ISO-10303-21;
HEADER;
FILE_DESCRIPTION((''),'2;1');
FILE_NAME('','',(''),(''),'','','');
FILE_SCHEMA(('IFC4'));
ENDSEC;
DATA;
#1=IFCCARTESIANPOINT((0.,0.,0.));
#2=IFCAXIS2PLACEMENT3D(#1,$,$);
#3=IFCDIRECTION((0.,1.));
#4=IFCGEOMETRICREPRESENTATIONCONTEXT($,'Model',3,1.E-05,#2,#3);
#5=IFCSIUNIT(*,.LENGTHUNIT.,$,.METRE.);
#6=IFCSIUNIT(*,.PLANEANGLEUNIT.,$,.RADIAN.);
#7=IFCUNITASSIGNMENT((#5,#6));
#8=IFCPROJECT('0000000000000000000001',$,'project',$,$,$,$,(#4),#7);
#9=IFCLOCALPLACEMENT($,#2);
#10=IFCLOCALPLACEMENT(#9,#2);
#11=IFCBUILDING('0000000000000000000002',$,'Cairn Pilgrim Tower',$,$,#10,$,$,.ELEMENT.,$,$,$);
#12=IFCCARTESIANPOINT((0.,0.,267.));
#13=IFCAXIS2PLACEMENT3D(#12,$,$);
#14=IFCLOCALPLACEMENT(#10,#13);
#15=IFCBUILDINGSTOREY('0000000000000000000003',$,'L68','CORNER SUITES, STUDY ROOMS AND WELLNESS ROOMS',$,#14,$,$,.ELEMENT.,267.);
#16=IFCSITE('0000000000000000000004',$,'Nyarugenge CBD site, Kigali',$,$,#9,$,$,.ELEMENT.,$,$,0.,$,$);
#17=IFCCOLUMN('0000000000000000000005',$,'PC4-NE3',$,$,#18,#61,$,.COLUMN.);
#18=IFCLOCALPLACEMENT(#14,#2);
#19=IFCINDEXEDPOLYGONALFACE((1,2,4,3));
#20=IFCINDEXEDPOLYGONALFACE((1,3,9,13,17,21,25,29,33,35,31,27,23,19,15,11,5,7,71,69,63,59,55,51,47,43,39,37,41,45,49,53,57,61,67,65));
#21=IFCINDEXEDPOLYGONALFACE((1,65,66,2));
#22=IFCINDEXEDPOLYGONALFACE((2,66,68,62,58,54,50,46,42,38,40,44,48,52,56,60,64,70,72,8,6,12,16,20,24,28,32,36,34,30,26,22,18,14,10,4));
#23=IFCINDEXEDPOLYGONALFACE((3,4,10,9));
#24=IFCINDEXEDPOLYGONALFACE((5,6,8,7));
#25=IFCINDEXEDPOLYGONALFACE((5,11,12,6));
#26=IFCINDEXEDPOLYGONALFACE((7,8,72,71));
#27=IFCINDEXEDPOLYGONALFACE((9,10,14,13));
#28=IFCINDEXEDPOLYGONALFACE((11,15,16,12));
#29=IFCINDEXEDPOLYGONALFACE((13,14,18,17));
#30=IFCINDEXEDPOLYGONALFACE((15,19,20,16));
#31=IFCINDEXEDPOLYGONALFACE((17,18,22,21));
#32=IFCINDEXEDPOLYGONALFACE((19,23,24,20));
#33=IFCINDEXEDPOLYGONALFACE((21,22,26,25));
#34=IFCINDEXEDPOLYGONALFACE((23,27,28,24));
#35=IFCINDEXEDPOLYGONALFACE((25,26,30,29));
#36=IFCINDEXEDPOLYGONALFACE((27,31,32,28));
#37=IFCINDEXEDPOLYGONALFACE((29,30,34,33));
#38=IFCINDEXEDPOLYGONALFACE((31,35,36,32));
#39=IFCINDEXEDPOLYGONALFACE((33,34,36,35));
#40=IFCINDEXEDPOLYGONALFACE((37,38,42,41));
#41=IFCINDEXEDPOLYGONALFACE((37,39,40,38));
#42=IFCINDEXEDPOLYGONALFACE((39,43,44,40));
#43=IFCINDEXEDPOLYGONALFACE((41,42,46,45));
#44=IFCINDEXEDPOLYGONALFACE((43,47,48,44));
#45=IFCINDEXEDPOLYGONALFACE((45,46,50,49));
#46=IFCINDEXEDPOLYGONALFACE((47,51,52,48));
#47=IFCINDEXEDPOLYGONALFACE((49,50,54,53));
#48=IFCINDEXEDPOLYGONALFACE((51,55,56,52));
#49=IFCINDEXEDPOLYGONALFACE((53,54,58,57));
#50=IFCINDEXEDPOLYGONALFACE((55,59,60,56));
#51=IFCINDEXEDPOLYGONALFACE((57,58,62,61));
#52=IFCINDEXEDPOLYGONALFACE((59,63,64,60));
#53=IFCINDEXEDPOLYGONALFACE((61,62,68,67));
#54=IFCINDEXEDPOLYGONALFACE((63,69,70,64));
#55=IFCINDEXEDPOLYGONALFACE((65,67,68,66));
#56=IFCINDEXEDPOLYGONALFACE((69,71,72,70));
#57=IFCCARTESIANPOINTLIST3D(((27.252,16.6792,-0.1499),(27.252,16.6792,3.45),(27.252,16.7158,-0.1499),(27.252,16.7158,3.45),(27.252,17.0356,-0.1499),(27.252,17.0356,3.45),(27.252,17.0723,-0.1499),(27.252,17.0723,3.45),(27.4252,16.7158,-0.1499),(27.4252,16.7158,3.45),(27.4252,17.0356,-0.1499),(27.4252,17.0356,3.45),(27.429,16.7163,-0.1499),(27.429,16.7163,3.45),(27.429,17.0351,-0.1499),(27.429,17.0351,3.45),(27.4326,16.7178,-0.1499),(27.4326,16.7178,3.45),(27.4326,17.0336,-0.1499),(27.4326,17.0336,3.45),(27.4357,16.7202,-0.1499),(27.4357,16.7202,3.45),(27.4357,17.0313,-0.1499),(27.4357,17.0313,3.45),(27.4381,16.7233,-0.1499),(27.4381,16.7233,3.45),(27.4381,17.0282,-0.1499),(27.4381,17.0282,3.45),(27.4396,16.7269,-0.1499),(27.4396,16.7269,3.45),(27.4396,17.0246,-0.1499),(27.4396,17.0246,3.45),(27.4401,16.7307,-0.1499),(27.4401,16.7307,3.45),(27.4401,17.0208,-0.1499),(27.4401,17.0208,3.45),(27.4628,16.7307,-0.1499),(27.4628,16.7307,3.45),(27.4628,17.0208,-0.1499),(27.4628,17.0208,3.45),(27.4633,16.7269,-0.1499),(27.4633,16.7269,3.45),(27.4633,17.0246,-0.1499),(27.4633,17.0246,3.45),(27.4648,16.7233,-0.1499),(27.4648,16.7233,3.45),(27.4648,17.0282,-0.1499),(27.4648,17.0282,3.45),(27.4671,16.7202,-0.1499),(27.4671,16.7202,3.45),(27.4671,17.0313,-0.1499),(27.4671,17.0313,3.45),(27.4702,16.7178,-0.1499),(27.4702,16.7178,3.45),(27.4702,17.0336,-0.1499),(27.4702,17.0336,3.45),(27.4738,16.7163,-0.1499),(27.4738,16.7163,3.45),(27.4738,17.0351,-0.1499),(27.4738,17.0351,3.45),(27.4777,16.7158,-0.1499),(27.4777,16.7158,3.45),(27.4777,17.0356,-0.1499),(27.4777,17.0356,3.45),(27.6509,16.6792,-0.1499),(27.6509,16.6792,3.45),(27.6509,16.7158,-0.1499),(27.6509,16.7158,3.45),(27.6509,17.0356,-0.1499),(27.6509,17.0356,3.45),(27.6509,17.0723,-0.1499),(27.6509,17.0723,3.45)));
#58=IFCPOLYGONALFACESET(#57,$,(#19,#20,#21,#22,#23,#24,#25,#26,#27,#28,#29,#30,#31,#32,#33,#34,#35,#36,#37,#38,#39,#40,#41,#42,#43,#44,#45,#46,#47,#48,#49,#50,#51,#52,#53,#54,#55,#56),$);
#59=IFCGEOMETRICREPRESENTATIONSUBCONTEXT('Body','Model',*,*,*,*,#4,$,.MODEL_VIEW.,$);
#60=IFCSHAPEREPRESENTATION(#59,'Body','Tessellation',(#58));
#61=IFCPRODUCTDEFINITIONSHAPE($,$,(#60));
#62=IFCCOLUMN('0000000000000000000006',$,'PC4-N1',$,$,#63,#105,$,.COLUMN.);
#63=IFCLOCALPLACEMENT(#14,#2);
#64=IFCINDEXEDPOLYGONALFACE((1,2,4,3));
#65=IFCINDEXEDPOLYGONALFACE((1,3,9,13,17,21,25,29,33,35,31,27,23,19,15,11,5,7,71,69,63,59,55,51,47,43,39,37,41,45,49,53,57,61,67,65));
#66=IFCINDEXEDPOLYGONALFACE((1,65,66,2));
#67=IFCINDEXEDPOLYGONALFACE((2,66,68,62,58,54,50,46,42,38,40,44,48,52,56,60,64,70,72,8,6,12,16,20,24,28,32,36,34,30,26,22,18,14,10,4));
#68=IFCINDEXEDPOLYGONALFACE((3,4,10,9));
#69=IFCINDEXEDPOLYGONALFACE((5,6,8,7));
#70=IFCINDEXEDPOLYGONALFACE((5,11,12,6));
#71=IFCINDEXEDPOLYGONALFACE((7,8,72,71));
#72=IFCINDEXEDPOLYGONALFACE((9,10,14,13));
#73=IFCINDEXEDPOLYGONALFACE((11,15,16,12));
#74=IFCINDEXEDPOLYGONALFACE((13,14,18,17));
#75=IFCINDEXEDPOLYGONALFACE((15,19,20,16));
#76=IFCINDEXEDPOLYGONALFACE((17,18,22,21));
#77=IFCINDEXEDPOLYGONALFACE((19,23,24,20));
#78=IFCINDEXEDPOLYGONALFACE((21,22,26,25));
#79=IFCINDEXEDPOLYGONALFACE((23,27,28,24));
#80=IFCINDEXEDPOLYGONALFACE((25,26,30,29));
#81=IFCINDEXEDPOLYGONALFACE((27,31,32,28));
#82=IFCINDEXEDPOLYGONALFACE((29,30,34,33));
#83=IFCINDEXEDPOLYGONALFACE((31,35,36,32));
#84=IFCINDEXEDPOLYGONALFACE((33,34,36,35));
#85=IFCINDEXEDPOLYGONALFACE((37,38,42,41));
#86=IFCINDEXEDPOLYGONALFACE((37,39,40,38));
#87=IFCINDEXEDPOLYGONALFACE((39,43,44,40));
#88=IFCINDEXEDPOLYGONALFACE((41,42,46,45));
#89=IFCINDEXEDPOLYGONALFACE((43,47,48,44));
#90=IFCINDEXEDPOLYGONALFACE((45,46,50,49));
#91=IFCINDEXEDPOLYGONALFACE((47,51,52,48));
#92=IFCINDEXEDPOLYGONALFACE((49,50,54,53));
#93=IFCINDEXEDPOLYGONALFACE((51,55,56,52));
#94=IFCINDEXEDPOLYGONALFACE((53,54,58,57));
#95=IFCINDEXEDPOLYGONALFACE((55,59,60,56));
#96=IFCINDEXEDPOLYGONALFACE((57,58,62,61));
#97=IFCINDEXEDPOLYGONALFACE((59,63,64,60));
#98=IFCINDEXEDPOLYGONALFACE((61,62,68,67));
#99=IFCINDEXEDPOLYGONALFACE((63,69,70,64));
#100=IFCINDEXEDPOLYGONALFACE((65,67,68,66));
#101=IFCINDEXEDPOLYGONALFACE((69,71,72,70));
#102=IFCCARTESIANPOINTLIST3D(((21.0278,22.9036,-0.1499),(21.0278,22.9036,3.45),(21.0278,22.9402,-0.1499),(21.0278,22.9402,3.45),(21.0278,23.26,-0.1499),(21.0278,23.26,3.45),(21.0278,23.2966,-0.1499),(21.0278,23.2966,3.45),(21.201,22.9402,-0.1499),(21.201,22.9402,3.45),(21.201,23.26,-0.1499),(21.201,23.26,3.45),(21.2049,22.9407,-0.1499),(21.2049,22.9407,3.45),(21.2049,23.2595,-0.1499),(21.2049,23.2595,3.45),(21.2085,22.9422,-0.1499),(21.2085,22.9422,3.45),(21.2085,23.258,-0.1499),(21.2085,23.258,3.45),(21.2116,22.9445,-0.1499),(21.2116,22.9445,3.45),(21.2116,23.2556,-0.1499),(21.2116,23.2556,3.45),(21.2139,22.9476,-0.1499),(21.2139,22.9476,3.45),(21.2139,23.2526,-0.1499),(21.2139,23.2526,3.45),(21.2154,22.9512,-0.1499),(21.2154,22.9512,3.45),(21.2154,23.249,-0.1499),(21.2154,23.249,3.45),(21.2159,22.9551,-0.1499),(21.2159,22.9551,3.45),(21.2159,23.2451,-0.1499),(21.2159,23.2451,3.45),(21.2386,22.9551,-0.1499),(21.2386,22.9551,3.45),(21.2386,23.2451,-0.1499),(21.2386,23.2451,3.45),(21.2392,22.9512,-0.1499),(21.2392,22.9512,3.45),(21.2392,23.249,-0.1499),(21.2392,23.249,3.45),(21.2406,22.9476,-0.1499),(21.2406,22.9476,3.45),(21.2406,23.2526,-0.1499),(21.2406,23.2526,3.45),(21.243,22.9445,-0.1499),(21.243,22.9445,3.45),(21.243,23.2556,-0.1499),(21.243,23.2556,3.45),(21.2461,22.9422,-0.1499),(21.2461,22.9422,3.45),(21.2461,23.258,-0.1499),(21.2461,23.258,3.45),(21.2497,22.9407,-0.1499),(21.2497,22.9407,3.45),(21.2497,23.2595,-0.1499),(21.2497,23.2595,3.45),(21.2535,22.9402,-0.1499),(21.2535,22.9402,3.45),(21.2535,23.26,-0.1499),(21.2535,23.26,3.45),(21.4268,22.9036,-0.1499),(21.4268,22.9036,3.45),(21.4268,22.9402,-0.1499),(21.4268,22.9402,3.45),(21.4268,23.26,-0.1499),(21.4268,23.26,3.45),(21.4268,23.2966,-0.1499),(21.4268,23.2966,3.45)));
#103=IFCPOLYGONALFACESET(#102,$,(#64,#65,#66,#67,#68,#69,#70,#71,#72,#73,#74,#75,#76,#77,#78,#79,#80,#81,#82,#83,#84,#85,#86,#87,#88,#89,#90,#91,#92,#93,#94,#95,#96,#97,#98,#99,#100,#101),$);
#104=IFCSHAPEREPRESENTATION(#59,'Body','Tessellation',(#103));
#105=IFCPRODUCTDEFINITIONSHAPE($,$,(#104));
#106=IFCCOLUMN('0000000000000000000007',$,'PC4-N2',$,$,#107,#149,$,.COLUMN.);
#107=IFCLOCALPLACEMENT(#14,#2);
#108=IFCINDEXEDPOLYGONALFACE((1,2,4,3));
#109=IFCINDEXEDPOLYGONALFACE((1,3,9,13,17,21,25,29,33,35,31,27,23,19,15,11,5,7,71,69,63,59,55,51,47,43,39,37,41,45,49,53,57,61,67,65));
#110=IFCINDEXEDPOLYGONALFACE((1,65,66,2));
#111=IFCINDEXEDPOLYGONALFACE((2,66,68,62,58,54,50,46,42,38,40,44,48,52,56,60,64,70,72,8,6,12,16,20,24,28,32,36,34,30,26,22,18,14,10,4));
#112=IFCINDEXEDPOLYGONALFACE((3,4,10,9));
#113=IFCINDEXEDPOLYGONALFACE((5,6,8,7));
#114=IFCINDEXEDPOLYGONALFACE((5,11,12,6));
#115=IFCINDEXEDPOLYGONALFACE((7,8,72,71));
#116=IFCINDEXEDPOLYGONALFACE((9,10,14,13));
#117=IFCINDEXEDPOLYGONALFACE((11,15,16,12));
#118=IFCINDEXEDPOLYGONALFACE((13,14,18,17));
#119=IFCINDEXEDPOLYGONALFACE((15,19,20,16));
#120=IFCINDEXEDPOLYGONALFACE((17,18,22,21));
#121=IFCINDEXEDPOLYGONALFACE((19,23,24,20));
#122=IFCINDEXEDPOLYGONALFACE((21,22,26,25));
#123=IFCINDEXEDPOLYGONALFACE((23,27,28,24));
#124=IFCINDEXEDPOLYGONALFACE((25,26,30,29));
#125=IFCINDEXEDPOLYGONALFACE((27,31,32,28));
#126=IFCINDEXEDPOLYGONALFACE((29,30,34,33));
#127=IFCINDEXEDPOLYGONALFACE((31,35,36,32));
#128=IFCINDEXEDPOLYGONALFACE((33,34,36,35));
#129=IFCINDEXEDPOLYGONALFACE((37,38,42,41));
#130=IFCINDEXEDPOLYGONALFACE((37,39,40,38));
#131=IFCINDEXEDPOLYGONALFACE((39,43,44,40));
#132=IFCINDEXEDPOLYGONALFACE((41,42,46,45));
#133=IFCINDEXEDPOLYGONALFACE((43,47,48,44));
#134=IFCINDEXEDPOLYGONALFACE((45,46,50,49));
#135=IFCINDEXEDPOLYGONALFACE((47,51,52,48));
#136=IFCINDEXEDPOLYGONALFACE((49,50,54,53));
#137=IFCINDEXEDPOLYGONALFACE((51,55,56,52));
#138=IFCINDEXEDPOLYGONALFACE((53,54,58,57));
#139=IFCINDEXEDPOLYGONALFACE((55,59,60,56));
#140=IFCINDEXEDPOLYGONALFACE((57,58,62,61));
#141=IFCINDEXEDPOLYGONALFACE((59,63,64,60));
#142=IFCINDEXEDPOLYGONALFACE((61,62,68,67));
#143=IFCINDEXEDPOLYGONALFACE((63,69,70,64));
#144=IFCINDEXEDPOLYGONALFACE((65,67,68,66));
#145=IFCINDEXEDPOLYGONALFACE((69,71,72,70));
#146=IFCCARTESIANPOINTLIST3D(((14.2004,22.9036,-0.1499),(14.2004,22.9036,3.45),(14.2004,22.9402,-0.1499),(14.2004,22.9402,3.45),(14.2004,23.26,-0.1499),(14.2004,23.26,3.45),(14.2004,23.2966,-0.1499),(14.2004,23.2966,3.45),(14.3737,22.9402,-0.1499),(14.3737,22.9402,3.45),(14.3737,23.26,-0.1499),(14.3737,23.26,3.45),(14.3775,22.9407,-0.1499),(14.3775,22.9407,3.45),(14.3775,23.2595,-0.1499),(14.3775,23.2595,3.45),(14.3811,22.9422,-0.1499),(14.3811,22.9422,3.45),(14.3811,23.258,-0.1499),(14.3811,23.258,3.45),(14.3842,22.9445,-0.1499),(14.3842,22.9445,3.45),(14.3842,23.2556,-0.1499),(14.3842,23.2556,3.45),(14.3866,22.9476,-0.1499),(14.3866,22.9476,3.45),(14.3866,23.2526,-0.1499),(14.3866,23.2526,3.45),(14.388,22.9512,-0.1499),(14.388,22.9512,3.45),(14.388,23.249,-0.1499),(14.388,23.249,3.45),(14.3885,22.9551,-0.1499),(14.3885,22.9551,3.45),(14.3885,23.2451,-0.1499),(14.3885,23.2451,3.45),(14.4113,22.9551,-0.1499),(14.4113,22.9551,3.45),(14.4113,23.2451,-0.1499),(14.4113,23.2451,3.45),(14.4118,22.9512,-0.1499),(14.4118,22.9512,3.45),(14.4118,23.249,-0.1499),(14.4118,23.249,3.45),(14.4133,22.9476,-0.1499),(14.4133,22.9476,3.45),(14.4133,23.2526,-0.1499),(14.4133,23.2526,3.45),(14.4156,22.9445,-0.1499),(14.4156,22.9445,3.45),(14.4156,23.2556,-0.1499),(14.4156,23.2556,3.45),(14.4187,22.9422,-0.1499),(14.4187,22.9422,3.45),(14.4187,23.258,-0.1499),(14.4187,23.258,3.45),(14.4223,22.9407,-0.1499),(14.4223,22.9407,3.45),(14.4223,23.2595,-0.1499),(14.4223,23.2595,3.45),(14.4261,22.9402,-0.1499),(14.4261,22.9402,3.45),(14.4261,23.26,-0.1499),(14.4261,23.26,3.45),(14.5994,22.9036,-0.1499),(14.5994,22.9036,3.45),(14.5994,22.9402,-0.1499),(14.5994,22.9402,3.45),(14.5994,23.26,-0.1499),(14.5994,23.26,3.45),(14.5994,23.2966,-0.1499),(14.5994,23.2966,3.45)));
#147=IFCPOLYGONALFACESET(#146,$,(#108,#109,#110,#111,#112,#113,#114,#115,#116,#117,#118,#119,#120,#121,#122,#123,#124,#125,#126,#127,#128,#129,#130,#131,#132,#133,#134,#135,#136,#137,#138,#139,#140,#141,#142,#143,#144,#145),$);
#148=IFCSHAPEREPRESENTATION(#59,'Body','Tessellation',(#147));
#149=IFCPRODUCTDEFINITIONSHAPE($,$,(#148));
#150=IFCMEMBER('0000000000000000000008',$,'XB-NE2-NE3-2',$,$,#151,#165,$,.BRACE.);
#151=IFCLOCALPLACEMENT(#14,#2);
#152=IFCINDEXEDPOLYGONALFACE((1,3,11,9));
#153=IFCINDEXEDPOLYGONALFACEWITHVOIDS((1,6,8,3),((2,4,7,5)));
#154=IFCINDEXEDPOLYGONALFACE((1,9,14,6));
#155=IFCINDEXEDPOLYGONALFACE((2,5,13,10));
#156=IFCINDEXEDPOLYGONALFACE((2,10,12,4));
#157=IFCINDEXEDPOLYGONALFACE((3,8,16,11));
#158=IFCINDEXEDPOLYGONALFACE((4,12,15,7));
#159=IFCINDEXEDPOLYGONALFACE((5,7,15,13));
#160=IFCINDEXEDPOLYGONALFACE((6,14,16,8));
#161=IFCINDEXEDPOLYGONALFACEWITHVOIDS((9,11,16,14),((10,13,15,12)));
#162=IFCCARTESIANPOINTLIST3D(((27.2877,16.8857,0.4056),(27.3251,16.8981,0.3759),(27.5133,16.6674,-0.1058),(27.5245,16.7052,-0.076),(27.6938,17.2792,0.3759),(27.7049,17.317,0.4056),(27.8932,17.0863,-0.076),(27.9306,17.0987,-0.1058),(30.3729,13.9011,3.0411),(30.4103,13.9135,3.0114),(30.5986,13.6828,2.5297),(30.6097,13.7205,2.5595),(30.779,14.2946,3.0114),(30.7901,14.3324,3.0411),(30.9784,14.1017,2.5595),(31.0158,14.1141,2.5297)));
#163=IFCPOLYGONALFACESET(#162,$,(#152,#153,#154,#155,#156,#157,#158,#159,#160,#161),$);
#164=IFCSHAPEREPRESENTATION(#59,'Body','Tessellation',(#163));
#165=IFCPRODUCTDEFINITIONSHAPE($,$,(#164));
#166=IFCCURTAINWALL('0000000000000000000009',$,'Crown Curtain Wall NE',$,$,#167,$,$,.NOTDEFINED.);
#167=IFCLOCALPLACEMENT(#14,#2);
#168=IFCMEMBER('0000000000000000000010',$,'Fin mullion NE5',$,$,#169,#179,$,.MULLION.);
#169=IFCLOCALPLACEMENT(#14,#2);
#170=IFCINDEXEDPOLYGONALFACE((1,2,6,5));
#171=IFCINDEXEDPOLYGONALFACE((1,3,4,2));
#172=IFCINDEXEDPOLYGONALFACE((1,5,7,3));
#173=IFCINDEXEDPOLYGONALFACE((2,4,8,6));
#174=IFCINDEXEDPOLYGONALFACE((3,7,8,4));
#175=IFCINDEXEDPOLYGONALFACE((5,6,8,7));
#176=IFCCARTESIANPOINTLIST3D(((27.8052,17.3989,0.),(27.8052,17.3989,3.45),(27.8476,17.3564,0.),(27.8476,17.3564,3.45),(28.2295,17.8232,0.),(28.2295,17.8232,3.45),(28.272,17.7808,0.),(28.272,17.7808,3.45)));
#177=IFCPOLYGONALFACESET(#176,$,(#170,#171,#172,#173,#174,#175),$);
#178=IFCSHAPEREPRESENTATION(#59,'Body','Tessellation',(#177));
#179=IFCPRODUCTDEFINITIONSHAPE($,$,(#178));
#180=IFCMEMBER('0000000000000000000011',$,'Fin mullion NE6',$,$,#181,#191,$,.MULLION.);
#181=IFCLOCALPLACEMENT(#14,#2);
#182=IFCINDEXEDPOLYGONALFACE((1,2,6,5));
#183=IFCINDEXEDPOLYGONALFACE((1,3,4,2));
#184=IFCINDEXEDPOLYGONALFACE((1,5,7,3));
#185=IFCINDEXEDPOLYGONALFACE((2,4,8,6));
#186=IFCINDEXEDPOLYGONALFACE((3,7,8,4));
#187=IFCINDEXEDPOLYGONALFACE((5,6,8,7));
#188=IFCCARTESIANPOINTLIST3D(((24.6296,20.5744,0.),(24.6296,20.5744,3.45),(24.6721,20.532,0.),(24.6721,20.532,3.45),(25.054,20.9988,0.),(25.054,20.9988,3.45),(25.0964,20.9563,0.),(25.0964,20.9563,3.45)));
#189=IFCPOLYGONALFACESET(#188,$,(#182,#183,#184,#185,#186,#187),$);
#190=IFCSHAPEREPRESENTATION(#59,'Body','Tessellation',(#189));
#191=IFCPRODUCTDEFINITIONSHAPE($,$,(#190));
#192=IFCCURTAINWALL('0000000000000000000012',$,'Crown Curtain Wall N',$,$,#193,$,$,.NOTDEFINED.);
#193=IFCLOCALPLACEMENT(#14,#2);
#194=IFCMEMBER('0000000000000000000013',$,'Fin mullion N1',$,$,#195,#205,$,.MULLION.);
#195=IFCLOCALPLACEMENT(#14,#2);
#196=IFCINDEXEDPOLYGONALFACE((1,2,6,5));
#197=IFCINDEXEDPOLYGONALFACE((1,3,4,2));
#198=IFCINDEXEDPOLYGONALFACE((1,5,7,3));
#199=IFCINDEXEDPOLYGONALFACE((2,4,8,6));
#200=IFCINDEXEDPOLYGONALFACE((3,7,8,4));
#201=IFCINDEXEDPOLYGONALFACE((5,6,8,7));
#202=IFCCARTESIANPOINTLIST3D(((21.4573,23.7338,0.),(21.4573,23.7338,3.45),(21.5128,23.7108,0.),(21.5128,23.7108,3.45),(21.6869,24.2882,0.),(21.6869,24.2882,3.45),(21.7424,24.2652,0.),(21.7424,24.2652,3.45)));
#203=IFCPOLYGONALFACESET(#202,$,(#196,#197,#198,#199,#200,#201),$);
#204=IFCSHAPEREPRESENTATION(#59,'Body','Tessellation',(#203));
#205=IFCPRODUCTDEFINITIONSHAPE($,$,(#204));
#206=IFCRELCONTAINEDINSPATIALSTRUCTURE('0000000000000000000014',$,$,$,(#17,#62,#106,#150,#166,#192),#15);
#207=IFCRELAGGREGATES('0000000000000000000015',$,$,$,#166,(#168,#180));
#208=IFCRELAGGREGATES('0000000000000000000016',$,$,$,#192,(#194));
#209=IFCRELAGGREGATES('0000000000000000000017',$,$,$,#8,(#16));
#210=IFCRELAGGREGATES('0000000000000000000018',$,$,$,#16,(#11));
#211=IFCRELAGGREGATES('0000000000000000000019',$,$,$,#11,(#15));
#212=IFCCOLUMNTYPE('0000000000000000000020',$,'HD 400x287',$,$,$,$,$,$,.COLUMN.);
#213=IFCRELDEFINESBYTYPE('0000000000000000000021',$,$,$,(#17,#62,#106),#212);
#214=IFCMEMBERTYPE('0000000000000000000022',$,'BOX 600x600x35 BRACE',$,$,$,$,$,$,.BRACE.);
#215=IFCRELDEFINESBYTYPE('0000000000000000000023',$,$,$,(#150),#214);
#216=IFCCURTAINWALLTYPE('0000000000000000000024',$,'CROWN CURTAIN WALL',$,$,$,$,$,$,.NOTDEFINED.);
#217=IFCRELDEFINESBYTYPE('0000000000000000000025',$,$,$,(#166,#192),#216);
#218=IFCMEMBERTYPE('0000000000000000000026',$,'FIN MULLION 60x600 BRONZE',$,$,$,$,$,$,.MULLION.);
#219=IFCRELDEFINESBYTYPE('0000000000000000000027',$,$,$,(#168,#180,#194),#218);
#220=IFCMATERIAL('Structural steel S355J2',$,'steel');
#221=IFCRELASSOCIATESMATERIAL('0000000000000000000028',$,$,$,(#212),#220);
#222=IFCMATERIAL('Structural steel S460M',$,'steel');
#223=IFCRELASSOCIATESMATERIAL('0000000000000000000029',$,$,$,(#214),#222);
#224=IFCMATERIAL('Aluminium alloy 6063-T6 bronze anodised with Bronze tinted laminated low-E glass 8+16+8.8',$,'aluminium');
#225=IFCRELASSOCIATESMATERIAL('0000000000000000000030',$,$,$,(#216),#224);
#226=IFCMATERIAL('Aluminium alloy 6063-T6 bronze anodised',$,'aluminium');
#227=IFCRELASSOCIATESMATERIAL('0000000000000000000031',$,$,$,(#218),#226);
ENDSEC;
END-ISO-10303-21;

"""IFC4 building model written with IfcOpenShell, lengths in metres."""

from ifc_helpers import new_model, si_unit, direction, frame, origin, origin_2d, place, context, subcontext, project, spatial, rectangle, hollow_rectangle, i_section, extrude, material, material_profile, profile_set, type_object, element, aggregate, save


model = new_model("IFC4")

# Units and contexts
model_context = context("Model", 3, precision=1e-05, world=origin(), true_north=direction((0.0, 1.0)))
body_context = subcontext(model_context, "Body", "Model", "MODEL_VIEW")
ifc_project = project(units=[si_unit("LENGTHUNIT", "METRE"), si_unit("PLANEANGLEUNIT", "RADIAN")], contexts=[model_context])

# Site, building, storey
site_placement = place(None, origin())
site = spatial("IfcSite", under=ifc_project, at=site_placement, Name="Nyarugenge CBD site, Kigali", CompositionType="ELEMENT", RefElevation=0.0)
building_placement = place(site_placement, origin())
building = spatial("IfcBuilding", under=site, at=building_placement, Name="Cairn Pilgrim Tower", CompositionType="ELEMENT")
storey_placement = place(building_placement, frame((0.0, 0.0, 267.0)))
storey = spatial("IfcBuildingStorey", under=building, at=storey_placement, Name="L68", Description="CORNER SUITES, STUDY ROOMS AND WELLNESS ROOMS", CompositionType="ELEMENT", Elevation=267.0)

# Columns
ifc_material_1 = material(Name="Structural steel S355J2", Category="steel")
ifc_material_profile_1 = material_profile(ifc_material_1, i_section(OverallWidth=0.3989, OverallDepth=0.3931, WebThickness=0.0227, FlangeThickness=0.0366, FilletRadius=0.0149, at=origin_2d()), Name="HD 400x287")
ifc_profile_set_1 = profile_set([ifc_material_profile_1], Name="Structural steel S355J2")
column_type = type_object("IfcColumnType", Name="HD 400x287", PredefinedType="COLUMN", material=ifc_profile_set_1)
for number, where, z_axis, x_axis, name in (
    (1, (27.4514, 16.8757, -0.1499), (0.0, 0.0, 1.0), (1.0, 0.0, 0.0), "PC4-NE3"),
    (2, (21.2273, 23.1001, -0.1499), (0.0, 0.0, 1.0), (1.0, 0.0, 0.0), "PC4-N1"),
    (3, (14.3999, 23.1001, -0.1499), (0.0, 0.0, 1.0), (1.0, 0.0, 0.0), "PC4-N2"),
):
    element("IfcColumn", number, at=place(storey_placement, frame(where, z_axis=z_axis, x_axis=x_axis)), inside=storey, type_object=column_type, Name=name, PredefinedType="COLUMN", context=body_context, shape_type="SweptSolid", body=[
        extrude(i_section(OverallWidth=0.3989, OverallDepth=0.3931, WebThickness=0.0227, FlangeThickness=0.0366, FilletRadius=0.0149, at=origin_2d()), origin(), (0.0, 0.0, 1.0), 3.5999),
    ])

# Member
ifc_material_2 = material(Name="Structural steel S460M", Category="steel")
ifc_material_profile_2 = material_profile(ifc_material_2, hollow_rectangle(XDim=0.6001, YDim=0.6001, WallThickness=0.0349, at=origin_2d()), Name="BOX 600x600x35")
ifc_profile_set_2 = profile_set([ifc_material_profile_2], Name="Structural steel S460M")
member_type_1 = type_object("IfcMemberType", Name="BOX 600x600x35 BRACE", PredefinedType="BRACE", material=ifc_profile_set_2)
member_1_placement = place(storey_placement, frame((27.6091, 16.9922, 0.1499), z_axis=(0.612497, -0.592528, 0.523218), x_axis=(0.695294, 0.718726, 0.0)))
element("IfcMember", 4, at=member_1_placement, inside=storey, type_object=member_type_1, Name="XB-NE2-NE3-2", PredefinedType="BRACE", context=body_context, shape_type="SweptSolid", body=[
    extrude(hollow_rectangle(XDim=0.6001, YDim=0.6001, WallThickness=0.0349, at=origin_2d()), origin(), (0.0, 0.0, 1.0), 5.0371),
])

# Curtain walls, members
ifc_material_3 = material(Name="Aluminium alloy 6063-T6 bronze anodised with Bronze tinted laminated low-E glass 8+16+8.8", Category="aluminium")
curtain_wall_type = type_object("IfcCurtainWallType", Name="CROWN CURTAIN WALL", PredefinedType="NOTDEFINED", material=ifc_material_3)
curtain_wall_1_placement = place(storey_placement, origin())
curtain_wall_1 = element("IfcCurtainWall", 5, at=curtain_wall_1_placement, inside=storey, type_object=curtain_wall_type, Name="Crown Curtain Wall NE", PredefinedType="NOTDEFINED")
ifc_material_4 = material(Name="Aluminium alloy 6063-T6 bronze anodised", Category="aluminium")
ifc_material_profile_3 = material_profile(ifc_material_4, rectangle(XDim=0.6001, YDim=0.0601, at=origin_2d()), Name="FIN MULLION 60x600 BRONZE")
ifc_profile_set_3 = profile_set([ifc_material_profile_3], Name="Aluminium alloy 6063-T6 bronze anodised")
member_type_2 = type_object("IfcMemberType", Name="FIN MULLION 60x600 BRONZE", PredefinedType="MULLION", material=ifc_profile_set_3)
member_2_placement = place(storey_placement, frame((28.0386, 17.5898, 0.0), z_axis=(0.0, 0.0, 1.0), x_axis=(0.707107, 0.707107, 0.0)))
member_2 = element("IfcMember", 6, at=member_2_placement, type_object=member_type_2, Name="Fin mullion NE5", PredefinedType="MULLION", context=body_context, shape_type="SweptSolid", body=[
    extrude(rectangle(XDim=0.6001, YDim=0.0601, at=origin_2d()), origin(), (0.0, 0.0, 1.0), 3.45),
])
member_3_placement = place(storey_placement, frame((24.863, 20.7654, 0.0), z_axis=(0.0, 0.0, 1.0), x_axis=(0.707107, 0.707107, 0.0)))
member_3 = element("IfcMember", 7, at=member_3_placement, type_object=member_type_2, Name="Fin mullion NE6", PredefinedType="MULLION", context=body_context, shape_type="SweptSolid", body=[
    extrude(rectangle(XDim=0.6001, YDim=0.0601, at=origin_2d()), origin(), (0.0, 0.0, 1.0), 3.45),
])
curtain_wall_2_placement = place(storey_placement, origin())
curtain_wall_2 = element("IfcCurtainWall", 8, at=curtain_wall_2_placement, inside=storey, type_object=curtain_wall_type, Name="Crown Curtain Wall N", PredefinedType="NOTDEFINED")
member_4_placement = place(storey_placement, frame((21.5999, 23.9995, 0.0), z_axis=(0.0, 0.0, 1.0), x_axis=(0.382683, 0.92388, 0.0)))
member_4 = element("IfcMember", 9, at=member_4_placement, type_object=member_type_2, Name="Fin mullion N1", PredefinedType="MULLION", context=body_context, shape_type="SweptSolid", body=[
    extrude(rectangle(XDim=0.6001, YDim=0.0601, at=origin_2d()), origin(), (0.0, 0.0, 1.0), 3.45),
])

aggregate(curtain_wall_1, [member_2, member_3])
aggregate(curtain_wall_2, [member_4])

save(model, "model.ifc")
